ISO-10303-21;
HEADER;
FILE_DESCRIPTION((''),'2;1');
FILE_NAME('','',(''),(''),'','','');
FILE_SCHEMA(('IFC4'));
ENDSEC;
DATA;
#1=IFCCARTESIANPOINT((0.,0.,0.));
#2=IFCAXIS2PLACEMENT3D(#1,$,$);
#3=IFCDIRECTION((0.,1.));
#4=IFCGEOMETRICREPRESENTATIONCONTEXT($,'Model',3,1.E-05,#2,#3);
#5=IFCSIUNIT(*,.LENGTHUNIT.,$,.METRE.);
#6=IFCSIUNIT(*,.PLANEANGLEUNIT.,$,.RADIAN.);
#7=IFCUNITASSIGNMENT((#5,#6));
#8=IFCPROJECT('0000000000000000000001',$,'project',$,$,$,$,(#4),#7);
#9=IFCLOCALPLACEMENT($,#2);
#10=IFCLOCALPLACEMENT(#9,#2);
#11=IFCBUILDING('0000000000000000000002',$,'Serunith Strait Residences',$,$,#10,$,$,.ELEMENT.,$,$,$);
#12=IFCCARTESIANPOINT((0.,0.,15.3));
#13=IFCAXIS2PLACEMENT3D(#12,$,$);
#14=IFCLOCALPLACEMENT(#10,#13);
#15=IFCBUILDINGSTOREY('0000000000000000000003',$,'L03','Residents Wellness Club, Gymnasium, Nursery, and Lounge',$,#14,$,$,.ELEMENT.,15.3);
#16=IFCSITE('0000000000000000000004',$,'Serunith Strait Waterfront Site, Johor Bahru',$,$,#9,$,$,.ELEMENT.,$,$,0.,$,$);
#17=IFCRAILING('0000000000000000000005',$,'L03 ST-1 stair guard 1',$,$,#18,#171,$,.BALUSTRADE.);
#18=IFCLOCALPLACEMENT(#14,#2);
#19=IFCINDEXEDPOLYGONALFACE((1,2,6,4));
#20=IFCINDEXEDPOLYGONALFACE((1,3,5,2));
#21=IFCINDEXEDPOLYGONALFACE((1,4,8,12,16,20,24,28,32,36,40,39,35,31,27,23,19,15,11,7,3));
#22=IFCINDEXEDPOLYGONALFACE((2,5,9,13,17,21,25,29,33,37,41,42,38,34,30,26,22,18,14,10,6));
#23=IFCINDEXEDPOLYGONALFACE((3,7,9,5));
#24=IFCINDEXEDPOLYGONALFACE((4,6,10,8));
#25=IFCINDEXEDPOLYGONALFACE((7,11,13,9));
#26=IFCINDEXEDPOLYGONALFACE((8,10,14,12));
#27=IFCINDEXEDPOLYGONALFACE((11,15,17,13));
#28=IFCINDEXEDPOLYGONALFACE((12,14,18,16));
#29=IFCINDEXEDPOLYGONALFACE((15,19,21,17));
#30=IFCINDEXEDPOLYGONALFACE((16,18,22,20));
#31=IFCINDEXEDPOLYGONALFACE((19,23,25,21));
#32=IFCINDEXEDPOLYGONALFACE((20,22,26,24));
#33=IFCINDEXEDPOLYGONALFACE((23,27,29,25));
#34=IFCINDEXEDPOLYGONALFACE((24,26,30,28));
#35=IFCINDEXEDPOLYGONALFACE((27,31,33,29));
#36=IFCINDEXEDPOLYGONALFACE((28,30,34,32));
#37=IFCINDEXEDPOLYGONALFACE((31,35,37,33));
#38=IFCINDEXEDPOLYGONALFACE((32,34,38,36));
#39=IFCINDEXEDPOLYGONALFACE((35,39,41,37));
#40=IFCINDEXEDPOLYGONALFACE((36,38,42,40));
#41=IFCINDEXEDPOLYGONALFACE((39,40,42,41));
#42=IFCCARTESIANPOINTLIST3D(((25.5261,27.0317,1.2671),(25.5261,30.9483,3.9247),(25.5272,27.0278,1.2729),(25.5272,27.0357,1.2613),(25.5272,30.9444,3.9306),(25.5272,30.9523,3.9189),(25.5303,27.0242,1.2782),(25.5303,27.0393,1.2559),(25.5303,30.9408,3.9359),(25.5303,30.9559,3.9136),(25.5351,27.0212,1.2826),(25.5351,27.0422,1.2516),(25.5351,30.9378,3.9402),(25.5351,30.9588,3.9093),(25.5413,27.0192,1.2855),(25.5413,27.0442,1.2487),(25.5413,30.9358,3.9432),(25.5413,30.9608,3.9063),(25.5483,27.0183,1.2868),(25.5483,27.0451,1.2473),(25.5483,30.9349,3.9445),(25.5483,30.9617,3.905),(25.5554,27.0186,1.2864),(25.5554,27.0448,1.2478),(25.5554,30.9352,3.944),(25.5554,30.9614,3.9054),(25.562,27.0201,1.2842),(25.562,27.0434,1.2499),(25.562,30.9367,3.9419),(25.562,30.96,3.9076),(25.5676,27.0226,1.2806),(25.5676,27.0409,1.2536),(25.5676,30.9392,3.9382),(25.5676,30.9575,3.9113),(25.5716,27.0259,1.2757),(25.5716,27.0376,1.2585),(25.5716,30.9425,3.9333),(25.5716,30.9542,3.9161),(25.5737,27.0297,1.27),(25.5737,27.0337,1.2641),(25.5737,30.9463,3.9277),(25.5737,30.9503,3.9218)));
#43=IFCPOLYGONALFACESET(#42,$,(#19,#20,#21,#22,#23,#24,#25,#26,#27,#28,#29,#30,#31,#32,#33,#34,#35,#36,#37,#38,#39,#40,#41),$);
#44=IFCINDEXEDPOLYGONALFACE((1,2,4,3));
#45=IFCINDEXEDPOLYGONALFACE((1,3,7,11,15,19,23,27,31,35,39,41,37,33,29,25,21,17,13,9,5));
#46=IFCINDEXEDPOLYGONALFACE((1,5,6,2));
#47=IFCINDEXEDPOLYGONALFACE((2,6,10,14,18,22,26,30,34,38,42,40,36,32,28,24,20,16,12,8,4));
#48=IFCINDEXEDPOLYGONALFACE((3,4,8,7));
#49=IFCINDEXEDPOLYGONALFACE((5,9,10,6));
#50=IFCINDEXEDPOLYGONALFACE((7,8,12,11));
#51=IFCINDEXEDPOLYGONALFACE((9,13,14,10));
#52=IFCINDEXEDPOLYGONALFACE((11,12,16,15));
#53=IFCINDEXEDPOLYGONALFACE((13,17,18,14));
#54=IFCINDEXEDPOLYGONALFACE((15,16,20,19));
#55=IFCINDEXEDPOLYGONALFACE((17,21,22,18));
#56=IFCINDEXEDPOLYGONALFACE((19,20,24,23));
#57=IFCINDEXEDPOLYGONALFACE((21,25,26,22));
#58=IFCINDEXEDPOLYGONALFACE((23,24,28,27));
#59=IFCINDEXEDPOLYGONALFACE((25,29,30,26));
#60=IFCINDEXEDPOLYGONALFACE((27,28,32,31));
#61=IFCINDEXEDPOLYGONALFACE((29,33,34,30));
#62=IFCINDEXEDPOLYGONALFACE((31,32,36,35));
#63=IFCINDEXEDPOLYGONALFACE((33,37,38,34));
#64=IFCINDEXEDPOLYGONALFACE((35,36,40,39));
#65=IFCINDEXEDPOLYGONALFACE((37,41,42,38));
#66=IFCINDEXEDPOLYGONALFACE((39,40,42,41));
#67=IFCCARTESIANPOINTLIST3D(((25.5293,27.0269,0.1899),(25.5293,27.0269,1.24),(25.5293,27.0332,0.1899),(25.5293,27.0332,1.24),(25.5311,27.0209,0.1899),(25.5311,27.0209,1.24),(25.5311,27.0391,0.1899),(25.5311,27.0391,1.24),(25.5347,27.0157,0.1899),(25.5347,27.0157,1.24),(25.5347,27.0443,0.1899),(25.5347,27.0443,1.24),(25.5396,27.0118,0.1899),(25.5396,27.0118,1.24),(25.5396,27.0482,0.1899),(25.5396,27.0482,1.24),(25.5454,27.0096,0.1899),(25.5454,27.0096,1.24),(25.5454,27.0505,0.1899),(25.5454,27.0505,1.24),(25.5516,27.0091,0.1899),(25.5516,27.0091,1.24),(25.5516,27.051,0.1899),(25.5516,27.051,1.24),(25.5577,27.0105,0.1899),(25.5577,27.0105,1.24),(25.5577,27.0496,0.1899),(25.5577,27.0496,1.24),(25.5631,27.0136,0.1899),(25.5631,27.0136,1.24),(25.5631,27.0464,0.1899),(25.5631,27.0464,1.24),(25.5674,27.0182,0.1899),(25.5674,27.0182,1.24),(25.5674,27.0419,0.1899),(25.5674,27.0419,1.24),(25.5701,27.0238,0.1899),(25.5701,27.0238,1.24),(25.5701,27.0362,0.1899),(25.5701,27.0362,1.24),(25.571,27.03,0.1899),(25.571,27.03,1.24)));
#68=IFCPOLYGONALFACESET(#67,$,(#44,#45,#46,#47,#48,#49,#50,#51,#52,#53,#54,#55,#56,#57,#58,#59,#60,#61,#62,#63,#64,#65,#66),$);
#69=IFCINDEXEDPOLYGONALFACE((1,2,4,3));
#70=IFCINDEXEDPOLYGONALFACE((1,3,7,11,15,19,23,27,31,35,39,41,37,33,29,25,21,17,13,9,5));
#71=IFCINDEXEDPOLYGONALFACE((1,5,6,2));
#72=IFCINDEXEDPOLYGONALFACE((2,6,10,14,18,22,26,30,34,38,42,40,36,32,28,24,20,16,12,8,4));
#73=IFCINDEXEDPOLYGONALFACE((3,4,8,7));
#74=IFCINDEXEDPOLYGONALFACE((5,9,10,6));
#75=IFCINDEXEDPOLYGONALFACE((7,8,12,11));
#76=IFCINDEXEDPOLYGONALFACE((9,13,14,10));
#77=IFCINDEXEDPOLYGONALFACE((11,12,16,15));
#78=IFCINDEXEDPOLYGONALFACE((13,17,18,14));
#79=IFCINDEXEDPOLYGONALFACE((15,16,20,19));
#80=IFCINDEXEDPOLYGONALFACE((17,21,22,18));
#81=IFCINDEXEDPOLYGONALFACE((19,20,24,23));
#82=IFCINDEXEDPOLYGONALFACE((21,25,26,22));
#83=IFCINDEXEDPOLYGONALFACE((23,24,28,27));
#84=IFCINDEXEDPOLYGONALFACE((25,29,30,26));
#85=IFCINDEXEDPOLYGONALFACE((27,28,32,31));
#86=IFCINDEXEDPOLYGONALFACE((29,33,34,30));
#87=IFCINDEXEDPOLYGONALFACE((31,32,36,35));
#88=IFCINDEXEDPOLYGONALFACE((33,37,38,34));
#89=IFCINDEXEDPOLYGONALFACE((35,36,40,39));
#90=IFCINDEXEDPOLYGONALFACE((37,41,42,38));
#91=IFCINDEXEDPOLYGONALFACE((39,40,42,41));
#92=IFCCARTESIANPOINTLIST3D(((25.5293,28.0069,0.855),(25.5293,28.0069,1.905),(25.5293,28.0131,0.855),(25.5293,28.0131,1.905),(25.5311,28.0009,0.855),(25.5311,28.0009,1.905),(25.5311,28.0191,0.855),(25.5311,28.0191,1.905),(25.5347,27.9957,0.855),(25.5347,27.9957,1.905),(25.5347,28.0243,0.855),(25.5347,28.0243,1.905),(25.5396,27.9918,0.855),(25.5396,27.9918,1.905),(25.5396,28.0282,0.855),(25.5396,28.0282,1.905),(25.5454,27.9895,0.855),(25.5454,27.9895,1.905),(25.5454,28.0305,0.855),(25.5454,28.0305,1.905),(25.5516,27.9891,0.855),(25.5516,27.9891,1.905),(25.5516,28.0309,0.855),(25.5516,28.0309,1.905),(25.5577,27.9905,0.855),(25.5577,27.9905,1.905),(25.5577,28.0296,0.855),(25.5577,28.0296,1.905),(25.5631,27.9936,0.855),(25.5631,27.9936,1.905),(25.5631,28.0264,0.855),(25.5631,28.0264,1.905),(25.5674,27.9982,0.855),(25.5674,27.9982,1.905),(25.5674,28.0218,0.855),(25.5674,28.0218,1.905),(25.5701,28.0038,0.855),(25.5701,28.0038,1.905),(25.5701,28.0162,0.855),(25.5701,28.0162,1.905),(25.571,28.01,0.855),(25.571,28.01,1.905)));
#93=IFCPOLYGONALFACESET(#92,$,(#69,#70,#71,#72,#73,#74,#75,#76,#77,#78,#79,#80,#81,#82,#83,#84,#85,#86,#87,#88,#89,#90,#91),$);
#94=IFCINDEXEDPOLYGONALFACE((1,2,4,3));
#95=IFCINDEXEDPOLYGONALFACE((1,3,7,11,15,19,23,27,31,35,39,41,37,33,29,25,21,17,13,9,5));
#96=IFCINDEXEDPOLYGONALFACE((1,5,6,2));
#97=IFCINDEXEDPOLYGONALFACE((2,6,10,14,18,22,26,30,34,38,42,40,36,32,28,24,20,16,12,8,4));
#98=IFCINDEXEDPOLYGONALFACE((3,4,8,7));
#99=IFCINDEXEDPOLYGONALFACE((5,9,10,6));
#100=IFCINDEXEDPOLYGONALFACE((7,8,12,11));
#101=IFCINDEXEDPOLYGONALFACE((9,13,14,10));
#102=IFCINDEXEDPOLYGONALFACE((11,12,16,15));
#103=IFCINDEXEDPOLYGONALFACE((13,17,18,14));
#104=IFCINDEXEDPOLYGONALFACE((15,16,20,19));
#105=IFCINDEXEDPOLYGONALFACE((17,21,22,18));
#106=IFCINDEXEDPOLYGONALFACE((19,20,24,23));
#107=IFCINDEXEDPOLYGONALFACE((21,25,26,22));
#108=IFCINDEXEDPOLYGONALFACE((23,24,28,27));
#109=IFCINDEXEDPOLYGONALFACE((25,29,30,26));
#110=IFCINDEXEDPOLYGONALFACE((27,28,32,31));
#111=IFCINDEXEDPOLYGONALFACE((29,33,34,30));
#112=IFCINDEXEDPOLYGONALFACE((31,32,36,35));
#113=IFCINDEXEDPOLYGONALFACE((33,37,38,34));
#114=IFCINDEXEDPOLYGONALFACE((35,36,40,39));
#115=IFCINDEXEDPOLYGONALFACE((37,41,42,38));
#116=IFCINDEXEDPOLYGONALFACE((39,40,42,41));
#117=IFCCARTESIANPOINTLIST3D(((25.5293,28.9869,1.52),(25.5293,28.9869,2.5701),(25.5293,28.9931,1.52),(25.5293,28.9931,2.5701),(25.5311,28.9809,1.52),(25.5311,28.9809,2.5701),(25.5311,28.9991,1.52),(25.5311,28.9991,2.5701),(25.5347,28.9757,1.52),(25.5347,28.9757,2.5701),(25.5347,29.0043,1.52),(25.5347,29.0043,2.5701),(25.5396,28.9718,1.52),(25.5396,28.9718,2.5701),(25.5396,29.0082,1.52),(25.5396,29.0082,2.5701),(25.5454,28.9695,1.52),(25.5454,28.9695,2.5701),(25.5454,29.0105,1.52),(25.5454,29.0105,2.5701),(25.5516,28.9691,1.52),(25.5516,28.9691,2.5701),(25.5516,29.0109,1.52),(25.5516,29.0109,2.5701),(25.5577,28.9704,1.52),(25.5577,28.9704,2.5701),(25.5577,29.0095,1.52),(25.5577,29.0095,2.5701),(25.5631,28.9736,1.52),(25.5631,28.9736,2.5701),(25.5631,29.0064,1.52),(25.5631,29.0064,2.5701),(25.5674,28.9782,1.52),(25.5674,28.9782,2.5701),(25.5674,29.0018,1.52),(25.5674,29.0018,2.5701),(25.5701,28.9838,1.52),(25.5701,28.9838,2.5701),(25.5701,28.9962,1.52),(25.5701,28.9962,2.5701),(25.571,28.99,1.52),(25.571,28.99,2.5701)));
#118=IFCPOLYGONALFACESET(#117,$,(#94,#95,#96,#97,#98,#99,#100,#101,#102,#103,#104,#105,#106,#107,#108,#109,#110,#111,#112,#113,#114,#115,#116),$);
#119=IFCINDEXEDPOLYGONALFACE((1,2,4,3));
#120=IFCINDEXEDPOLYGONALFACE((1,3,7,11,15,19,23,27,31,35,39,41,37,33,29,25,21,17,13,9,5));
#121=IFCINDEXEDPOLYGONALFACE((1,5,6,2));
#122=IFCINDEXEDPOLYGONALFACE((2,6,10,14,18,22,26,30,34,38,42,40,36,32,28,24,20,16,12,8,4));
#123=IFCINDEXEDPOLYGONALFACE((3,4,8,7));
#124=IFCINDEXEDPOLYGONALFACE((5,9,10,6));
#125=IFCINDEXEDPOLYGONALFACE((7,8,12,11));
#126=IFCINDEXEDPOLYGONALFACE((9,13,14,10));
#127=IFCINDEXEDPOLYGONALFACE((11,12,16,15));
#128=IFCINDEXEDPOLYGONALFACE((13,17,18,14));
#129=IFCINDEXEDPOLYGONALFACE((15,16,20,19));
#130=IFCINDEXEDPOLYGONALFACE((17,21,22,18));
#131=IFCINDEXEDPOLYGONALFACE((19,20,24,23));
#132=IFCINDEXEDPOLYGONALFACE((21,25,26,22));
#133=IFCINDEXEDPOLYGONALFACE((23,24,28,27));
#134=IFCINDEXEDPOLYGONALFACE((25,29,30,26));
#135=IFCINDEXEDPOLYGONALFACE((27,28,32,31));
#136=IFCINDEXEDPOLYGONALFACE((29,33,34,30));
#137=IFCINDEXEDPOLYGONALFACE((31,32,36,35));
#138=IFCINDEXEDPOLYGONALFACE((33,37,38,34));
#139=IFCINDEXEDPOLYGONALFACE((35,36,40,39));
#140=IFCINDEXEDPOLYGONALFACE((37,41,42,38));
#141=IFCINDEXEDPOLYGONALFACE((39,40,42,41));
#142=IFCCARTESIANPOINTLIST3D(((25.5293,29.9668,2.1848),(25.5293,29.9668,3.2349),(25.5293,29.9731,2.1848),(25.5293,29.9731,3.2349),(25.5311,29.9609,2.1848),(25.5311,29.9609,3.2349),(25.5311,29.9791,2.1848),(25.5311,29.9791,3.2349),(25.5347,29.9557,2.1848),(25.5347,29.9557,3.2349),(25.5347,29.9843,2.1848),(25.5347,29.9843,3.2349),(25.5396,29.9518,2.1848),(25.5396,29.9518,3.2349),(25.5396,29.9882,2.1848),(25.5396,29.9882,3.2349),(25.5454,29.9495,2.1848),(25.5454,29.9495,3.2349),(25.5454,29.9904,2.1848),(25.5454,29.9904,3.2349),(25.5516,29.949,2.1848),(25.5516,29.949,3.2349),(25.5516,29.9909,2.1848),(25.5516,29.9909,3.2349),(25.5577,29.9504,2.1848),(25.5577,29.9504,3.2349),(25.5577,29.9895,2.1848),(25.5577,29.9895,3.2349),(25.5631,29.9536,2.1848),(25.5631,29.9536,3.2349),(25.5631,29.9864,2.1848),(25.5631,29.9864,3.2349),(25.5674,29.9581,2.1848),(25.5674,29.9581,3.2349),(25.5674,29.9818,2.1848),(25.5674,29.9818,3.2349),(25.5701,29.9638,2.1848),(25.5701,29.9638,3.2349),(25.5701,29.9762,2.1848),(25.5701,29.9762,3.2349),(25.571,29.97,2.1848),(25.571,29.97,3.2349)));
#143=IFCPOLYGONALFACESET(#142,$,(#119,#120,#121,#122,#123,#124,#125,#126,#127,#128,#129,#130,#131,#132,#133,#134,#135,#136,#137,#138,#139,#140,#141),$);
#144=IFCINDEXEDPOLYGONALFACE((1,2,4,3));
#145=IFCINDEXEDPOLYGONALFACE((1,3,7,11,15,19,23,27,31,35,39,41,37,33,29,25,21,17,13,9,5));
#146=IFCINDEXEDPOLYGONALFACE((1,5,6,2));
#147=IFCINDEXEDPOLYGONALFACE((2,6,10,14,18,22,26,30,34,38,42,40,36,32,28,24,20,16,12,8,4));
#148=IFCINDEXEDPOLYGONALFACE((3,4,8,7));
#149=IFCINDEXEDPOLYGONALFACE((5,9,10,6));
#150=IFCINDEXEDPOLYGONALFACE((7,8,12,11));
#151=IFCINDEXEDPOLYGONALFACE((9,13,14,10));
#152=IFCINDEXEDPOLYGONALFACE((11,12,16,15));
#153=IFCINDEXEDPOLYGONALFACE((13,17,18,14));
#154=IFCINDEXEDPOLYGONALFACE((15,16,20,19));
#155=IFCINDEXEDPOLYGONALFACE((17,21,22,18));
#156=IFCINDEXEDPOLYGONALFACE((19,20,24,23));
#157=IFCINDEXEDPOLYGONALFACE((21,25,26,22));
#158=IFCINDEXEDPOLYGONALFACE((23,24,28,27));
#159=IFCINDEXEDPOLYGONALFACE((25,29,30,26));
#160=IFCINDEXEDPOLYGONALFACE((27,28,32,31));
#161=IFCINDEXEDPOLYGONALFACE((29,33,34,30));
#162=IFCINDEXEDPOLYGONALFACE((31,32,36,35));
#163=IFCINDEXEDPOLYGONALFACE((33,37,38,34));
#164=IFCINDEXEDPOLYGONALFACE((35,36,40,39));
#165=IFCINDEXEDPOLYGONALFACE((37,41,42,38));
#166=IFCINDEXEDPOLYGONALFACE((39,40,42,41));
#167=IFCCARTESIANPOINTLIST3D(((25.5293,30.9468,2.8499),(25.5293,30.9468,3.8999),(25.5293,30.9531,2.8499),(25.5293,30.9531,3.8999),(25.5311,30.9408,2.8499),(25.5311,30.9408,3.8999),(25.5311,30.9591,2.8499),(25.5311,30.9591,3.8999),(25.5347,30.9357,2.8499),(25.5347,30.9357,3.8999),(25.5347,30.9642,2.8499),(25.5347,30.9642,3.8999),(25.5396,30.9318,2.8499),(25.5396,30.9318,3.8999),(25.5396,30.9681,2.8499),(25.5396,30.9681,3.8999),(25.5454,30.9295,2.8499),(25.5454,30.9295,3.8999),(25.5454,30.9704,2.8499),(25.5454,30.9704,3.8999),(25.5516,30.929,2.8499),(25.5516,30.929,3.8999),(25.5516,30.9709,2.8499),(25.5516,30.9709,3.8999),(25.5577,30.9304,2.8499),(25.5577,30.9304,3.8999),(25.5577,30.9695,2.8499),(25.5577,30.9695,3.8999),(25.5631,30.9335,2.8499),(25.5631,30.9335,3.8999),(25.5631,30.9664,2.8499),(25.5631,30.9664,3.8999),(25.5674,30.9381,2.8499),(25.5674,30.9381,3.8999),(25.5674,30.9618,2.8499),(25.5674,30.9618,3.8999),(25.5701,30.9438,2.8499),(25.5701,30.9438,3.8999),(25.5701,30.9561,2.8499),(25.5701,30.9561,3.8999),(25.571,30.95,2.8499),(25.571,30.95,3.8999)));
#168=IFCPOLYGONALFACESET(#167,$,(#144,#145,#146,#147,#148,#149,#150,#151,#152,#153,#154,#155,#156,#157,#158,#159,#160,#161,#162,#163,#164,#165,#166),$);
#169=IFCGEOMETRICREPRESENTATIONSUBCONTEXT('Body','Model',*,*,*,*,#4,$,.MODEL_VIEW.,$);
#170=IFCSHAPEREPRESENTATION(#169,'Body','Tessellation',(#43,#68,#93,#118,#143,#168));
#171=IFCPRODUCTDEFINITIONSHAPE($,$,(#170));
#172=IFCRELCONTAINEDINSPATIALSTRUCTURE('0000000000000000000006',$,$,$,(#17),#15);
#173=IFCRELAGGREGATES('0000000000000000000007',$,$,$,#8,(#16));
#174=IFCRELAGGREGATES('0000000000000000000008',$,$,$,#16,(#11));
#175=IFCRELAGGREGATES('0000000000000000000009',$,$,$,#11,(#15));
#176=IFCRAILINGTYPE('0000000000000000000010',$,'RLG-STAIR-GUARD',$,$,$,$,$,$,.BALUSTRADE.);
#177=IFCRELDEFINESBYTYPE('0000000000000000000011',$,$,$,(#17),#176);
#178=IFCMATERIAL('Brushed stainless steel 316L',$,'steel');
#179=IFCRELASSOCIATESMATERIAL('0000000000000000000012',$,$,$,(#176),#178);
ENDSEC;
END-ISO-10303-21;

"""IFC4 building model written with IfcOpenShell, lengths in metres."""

from ifc_helpers import new_model, si_unit, direction, frame, origin, origin_2d, place, context, subcontext, project, spatial, circle, extrude, material, type_object, element, save


model = new_model("IFC4")

# Units and contexts
model_context = context("Model", 3, precision=1e-05, world=origin(), true_north=direction((0.0, 1.0)))
body_context = subcontext(model_context, "Body", "Model", "MODEL_VIEW")
ifc_project = project(units=[si_unit("LENGTHUNIT", "METRE"), si_unit("PLANEANGLEUNIT", "RADIAN")], contexts=[model_context])

# Site, building, storey
site_placement = place(None, origin())
site = spatial("IfcSite", under=ifc_project, at=site_placement, Name="Serunith Strait Waterfront Site, Johor Bahru", CompositionType="ELEMENT", RefElevation=0.0)
building_placement = place(site_placement, origin())
building = spatial("IfcBuilding", under=site, at=building_placement, Name="Serunith Strait Residences", CompositionType="ELEMENT")
storey_placement = place(building_placement, frame((0.0, 0.0, 15.3)))
storey = spatial("IfcBuildingStorey", under=building, at=storey_placement, Name="L03", Description="Residents Wellness Club, Gymnasium, Nursery, and Lounge", CompositionType="ELEMENT", Elevation=15.3)

# Railing
ifc_material_1 = material(Name="Brushed stainless steel 316L", Category="steel")
railing_type_1 = type_object("IfcRailingType", Name="RLG-STAIR-GUARD", PredefinedType="BALUSTRADE", material=ifc_material_1)
railing_1_placement = place(storey_placement, frame((25.55, 27.03, 0.1899)))
element("IfcRailing", 1, at=railing_1_placement, inside=storey, type_object=railing_type_1, Name="L03 ST-1 stair guard 1", PredefinedType="BALUSTRADE", context=body_context, shape_type="SweptSolid", body=[
    extrude(circle(Radius=0.0239, at=origin_2d()), frame((0.0, 0.0017, 1.0771), z_axis=(0.0, 0.827479, 0.561496), x_axis=(-1.0, 0.0, 0.0)), (0.0, 0.0, 1.0), 4.7332),
    extrude(circle(Radius=0.021, at=origin_2d()), origin(), (0.0, 0.0, 1.0), 1.05),
    extrude(circle(Radius=0.021, at=origin_2d()), frame((0.0, 0.98, 0.665)), (0.0, 0.0, 1.0), 1.05),
    extrude(circle(Radius=0.021, at=origin_2d()), frame((0.0, 1.96, 1.3301)), (0.0, 0.0, 1.0), 1.05),
    extrude(circle(Radius=0.021, at=origin_2d()), frame((0.0, 2.9399, 1.9949)), (0.0, 0.0, 1.0), 1.05),
    extrude(circle(Radius=0.021, at=origin_2d()), frame((0.0, 3.9199, 2.6599)), (0.0, 0.0, 1.0), 1.05),
])

save(model, "model.ifc")
